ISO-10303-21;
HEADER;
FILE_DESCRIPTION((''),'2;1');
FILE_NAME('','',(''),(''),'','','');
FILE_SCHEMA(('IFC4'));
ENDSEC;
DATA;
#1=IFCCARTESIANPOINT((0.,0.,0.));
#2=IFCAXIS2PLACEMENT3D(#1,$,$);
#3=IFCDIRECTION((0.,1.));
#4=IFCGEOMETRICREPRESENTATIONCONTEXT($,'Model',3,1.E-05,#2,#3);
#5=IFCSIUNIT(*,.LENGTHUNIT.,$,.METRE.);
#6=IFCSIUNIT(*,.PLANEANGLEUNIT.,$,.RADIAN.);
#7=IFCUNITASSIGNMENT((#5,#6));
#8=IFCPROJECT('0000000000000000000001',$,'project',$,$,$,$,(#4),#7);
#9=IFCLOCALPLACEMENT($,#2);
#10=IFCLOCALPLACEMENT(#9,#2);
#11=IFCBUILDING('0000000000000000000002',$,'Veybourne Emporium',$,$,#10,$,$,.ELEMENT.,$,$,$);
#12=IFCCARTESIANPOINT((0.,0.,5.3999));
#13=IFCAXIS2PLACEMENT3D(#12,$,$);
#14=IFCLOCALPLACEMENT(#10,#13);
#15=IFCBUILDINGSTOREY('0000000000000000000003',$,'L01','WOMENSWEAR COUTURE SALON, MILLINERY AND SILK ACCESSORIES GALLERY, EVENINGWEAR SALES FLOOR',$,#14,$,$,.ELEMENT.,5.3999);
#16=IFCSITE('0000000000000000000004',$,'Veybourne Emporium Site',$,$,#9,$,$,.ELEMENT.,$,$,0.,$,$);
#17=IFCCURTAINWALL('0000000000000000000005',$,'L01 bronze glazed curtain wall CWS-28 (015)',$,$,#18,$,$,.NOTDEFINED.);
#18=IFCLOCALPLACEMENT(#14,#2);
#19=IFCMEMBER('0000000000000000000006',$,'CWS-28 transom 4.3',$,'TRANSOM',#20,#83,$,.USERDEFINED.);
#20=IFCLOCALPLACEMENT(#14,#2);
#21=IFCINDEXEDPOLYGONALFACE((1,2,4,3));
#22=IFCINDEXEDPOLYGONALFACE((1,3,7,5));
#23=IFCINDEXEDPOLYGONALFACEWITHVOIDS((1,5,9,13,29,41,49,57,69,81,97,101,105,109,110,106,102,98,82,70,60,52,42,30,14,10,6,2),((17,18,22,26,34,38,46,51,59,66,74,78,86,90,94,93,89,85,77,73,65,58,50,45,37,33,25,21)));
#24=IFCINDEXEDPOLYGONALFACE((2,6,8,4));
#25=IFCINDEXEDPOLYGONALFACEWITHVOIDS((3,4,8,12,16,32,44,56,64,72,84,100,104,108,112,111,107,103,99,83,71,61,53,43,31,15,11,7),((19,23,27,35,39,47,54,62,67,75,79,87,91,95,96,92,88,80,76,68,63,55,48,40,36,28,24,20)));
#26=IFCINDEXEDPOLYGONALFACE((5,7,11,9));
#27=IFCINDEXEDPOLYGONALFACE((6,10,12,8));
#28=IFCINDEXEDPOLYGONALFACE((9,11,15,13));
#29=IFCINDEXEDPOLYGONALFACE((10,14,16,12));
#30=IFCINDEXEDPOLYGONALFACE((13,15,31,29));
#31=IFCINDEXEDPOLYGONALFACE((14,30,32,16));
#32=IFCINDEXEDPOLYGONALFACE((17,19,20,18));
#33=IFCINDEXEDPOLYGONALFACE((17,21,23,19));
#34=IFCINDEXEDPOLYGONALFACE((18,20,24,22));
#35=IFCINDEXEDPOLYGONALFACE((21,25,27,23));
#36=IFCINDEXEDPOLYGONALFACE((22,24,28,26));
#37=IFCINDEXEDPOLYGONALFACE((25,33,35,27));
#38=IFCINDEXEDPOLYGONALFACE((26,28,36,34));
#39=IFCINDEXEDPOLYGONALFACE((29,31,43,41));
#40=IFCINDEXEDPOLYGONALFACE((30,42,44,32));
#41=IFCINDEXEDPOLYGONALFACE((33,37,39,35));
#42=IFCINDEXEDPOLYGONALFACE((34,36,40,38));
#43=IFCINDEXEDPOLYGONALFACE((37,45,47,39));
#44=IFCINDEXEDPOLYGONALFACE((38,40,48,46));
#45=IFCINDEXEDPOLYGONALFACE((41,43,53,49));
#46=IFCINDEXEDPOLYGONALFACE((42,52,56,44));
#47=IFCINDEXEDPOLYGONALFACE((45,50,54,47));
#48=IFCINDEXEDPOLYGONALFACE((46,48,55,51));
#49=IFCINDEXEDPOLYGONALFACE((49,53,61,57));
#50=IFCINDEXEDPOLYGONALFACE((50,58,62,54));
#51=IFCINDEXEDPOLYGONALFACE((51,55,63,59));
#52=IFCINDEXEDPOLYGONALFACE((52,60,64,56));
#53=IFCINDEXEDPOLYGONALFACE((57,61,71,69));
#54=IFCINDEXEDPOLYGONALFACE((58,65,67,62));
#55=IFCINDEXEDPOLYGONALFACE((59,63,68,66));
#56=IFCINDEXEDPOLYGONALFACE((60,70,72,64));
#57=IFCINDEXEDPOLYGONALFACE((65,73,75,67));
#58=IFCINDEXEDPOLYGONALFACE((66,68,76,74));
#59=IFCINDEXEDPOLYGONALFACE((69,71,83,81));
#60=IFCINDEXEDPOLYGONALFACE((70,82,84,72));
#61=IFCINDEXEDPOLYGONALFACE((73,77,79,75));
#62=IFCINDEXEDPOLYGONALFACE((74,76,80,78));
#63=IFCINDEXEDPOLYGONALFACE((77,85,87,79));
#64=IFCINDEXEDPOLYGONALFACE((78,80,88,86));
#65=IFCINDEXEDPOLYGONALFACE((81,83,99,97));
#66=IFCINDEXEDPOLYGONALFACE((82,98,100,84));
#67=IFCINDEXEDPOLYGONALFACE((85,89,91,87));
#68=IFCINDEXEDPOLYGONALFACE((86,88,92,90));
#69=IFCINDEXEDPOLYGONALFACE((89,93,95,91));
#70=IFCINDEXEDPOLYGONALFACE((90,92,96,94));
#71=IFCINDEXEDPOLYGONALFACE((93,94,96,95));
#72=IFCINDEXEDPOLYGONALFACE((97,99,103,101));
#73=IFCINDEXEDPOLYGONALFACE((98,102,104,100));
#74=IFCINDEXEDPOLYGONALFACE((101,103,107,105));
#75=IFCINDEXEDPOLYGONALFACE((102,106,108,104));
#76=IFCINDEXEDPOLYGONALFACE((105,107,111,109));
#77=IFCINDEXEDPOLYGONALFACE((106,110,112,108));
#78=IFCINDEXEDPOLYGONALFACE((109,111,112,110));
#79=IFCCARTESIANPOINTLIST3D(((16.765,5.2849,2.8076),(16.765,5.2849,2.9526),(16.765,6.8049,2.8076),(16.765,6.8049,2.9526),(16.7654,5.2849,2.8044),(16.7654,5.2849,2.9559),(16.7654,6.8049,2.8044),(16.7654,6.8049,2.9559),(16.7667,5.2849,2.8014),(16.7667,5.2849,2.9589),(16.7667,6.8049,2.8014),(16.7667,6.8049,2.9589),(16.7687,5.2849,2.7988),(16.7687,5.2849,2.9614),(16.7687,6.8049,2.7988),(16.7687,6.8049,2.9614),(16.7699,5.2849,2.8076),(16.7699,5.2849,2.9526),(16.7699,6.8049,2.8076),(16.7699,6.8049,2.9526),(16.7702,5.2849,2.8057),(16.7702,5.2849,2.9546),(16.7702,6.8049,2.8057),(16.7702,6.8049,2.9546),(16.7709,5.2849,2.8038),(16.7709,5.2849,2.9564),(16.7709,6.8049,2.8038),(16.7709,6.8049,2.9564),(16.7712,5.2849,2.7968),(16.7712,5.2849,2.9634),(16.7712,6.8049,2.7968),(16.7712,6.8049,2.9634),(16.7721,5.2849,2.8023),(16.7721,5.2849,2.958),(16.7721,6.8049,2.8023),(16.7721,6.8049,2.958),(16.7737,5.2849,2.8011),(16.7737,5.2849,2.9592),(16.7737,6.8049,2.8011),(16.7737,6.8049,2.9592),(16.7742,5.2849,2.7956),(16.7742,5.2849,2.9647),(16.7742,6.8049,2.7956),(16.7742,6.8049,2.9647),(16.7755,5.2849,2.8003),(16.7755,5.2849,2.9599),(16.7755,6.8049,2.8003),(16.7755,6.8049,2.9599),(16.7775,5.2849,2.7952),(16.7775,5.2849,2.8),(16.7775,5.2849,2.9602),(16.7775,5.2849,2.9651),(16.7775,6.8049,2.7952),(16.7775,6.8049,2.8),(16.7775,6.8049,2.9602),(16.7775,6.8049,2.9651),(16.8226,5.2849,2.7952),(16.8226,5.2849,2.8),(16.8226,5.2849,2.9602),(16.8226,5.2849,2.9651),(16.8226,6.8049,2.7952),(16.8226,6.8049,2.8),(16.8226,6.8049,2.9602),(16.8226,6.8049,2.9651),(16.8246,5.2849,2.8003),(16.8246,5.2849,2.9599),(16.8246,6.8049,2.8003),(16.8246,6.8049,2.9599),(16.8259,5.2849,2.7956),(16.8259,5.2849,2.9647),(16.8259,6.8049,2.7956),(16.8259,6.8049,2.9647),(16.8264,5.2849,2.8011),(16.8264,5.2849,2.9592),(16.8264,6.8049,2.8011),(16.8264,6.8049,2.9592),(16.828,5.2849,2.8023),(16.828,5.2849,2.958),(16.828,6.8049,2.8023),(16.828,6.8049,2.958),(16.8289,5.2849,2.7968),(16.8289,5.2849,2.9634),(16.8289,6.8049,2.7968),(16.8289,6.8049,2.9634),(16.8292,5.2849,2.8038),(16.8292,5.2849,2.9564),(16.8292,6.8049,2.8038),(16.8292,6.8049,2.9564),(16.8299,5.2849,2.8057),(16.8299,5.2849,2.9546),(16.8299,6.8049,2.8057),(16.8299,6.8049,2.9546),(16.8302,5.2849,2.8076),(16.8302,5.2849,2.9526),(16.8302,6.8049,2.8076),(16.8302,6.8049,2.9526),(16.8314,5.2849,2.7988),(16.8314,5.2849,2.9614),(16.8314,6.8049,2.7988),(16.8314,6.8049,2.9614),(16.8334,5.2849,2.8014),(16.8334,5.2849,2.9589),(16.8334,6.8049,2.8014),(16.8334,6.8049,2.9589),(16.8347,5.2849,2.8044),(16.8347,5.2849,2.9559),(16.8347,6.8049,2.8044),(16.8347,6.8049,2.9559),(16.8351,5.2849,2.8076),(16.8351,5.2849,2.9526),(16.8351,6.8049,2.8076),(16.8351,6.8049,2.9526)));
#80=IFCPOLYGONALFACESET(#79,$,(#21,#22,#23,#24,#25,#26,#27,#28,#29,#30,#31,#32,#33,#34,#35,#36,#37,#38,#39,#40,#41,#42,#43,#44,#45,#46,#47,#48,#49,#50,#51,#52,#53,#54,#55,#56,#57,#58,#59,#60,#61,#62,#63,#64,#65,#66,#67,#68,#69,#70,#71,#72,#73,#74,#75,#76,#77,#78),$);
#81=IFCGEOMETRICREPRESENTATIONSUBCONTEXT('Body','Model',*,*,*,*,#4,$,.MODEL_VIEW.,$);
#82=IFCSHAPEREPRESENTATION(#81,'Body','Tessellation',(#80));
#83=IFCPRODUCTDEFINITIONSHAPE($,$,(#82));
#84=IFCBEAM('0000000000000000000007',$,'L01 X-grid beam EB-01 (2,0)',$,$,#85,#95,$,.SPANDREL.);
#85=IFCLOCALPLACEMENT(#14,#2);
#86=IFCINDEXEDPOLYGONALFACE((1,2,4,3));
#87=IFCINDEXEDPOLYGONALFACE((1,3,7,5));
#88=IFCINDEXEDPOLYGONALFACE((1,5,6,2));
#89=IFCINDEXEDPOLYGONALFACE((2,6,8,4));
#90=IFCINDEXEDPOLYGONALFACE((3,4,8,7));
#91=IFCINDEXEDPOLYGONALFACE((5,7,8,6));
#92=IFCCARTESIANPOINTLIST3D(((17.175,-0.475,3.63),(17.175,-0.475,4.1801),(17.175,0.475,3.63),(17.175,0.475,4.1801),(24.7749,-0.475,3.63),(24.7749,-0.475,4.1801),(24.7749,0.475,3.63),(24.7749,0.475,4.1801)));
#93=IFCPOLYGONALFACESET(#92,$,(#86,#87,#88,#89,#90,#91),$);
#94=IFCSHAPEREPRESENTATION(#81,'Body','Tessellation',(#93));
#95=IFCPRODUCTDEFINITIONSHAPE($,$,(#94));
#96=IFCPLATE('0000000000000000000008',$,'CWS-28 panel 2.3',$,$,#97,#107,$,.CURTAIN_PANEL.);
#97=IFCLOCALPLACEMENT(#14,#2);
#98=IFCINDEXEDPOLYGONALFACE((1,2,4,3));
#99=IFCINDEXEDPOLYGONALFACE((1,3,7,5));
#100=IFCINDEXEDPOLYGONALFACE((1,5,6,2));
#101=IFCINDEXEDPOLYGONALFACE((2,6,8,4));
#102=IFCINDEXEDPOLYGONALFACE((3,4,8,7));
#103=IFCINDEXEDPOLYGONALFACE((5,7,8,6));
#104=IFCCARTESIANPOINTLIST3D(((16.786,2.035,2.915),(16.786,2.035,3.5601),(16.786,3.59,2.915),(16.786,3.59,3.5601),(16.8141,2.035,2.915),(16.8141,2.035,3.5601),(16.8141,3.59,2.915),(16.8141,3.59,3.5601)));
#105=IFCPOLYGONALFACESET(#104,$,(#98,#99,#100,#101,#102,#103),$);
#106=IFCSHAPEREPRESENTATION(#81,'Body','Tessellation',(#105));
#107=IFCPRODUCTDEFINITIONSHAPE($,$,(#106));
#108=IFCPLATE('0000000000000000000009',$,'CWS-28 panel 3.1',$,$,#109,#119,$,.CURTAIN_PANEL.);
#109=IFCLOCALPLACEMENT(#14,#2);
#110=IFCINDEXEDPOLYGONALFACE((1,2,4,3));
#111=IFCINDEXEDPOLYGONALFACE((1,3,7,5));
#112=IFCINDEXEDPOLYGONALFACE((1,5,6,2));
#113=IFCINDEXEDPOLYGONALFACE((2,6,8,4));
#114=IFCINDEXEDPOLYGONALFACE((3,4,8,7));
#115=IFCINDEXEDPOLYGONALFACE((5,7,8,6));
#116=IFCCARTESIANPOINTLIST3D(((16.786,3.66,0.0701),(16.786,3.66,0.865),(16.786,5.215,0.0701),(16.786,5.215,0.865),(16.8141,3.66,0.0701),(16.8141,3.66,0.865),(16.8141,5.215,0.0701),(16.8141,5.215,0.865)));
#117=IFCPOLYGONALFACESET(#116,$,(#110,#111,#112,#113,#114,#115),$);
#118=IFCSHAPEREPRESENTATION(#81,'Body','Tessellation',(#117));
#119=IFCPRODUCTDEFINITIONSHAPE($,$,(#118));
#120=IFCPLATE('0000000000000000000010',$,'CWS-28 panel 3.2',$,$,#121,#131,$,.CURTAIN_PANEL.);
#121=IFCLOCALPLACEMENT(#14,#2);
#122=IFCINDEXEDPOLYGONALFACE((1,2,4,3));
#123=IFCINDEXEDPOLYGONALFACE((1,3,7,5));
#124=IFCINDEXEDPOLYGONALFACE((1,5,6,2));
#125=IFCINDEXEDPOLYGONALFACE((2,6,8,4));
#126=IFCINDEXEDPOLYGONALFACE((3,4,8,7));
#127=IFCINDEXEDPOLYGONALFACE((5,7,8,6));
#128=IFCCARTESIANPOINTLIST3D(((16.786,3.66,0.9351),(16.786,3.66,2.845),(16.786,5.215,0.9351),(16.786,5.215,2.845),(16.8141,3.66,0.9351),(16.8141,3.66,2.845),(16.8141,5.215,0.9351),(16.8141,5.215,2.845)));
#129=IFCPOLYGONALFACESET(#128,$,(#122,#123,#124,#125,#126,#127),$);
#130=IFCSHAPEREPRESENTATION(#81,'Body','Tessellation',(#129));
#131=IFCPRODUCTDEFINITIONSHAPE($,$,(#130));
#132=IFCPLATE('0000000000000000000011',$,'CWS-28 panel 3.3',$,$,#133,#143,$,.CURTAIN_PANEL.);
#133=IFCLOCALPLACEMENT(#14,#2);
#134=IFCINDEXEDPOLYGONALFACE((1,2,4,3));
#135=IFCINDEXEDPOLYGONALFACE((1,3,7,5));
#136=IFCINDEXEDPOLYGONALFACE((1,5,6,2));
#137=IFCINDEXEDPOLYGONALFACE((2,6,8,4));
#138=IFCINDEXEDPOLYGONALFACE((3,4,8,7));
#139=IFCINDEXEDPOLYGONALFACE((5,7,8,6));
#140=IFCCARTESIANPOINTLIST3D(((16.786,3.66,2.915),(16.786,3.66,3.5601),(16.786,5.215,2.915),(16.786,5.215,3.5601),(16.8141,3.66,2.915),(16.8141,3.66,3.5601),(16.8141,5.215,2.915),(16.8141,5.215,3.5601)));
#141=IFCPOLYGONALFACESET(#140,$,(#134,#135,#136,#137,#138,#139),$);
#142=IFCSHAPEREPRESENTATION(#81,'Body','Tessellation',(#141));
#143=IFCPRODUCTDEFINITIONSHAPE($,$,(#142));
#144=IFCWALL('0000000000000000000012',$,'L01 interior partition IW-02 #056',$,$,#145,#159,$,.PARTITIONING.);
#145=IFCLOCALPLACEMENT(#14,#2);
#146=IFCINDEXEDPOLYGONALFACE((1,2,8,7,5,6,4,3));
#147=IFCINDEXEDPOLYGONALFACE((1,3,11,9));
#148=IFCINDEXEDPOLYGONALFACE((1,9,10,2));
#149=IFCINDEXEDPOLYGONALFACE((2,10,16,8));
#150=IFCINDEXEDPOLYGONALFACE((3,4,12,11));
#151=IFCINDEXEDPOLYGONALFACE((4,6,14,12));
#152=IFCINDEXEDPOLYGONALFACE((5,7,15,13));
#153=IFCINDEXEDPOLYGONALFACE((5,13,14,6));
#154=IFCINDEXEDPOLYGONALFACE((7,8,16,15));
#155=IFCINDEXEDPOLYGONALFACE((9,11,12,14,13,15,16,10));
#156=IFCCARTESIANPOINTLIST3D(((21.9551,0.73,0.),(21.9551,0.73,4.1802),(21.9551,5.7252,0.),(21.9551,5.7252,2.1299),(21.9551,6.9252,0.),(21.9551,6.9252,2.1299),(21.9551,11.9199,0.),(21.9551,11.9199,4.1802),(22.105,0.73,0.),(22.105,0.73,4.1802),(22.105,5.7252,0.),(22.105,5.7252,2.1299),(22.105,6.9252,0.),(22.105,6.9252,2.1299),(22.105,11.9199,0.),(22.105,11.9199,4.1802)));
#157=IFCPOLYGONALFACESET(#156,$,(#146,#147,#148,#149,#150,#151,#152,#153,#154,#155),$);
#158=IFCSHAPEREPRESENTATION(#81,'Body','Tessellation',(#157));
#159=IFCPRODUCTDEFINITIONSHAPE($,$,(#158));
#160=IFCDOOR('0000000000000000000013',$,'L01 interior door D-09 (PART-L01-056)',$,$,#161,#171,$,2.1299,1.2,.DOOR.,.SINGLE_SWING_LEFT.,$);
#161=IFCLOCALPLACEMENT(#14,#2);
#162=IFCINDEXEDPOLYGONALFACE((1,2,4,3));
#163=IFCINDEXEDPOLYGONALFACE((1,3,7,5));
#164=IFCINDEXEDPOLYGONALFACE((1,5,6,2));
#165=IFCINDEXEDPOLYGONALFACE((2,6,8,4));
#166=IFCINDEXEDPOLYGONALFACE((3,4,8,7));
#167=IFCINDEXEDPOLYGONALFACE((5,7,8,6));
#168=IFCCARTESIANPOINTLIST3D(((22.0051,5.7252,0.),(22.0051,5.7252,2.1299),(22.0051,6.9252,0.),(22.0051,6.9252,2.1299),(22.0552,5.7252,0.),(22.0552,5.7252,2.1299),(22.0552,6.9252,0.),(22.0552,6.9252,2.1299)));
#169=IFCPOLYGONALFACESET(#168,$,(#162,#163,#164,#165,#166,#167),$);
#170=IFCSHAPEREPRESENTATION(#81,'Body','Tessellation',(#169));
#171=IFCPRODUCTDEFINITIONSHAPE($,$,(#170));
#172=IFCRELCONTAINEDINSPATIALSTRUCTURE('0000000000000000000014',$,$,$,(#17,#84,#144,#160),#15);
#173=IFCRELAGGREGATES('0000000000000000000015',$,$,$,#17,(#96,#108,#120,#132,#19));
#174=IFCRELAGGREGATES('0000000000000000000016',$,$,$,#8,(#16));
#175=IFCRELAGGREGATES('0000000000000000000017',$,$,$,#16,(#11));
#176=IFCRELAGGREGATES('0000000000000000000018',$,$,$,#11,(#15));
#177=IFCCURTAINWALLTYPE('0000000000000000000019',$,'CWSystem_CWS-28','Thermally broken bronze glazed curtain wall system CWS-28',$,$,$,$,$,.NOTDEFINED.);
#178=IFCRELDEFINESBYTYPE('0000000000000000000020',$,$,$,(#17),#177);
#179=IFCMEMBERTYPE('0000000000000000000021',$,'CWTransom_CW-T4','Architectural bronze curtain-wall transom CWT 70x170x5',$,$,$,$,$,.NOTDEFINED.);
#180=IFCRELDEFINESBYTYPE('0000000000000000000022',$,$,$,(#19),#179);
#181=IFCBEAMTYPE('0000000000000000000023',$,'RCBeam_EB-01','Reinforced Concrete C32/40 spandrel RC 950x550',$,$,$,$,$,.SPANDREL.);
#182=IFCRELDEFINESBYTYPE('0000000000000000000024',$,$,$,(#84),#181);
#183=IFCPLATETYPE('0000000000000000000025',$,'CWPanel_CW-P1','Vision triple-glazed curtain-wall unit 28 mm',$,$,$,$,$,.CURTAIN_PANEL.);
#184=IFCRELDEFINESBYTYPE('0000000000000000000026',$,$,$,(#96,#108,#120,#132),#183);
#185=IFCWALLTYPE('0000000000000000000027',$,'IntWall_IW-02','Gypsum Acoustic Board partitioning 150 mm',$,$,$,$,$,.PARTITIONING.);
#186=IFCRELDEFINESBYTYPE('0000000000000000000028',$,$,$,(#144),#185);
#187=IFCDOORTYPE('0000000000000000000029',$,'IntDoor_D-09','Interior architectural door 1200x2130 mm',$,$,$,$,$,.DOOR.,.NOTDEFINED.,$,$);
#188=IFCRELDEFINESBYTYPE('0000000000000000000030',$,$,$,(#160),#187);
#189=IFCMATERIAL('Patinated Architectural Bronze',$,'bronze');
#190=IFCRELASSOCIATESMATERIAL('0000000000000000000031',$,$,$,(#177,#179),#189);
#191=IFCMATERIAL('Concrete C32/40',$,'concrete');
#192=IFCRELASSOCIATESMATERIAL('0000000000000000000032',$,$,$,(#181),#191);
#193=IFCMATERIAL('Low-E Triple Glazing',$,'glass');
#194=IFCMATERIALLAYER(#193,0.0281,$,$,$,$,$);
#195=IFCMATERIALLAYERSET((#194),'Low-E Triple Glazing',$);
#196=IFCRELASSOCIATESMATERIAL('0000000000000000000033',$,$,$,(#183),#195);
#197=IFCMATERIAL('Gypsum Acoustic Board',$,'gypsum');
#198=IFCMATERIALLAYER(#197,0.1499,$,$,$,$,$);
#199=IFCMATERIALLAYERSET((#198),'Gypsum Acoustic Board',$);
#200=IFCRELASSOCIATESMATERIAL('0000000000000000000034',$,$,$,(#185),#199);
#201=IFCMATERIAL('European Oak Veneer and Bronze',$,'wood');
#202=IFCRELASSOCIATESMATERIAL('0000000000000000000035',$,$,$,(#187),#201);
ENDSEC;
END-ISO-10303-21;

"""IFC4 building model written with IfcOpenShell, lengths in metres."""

from ifc_helpers import new_model, si_unit, direction, frame, frame_2d, origin, origin_2d, place, context, subcontext, project, spatial, rectangle, hollow_rectangle, extrude, material, layer, layer_set, material_profile, profile_set, type_object, element, fill, aggregate, save


model = new_model("IFC4")

# Units and contexts
model_context = context("Model", 3, precision=1e-05, world=origin(), true_north=direction((0.0, 1.0)))
body_context = subcontext(model_context, "Body", "Model", "MODEL_VIEW")
ifc_project = project(units=[si_unit("LENGTHUNIT", "METRE"), si_unit("PLANEANGLEUNIT", "RADIAN")], contexts=[model_context])

# Site, building, storey
site_placement = place(None, origin())
site = spatial("IfcSite", under=ifc_project, at=site_placement, Name="Veybourne Emporium Site", CompositionType="ELEMENT", RefElevation=0.0)
building_placement = place(site_placement, origin())
building = spatial("IfcBuilding", under=site, at=building_placement, Name="Veybourne Emporium", CompositionType="ELEMENT")
storey_placement = place(building_placement, frame((0.0, 0.0, 5.3999)))
storey = spatial("IfcBuildingStorey", under=building, at=storey_placement, Name="L01", Description="WOMENSWEAR COUTURE SALON, MILLINERY AND SILK ACCESSORIES GALLERY, EVENINGWEAR SALES FLOOR", CompositionType="ELEMENT", Elevation=5.3999)

# Curtain wall, member
ifc_material_1 = material(Name="Patinated Architectural Bronze", Category="bronze")
curtain_wall_type = type_object("IfcCurtainWallType", Name="CWSystem_CWS-28", Description="Thermally broken bronze glazed curtain wall system CWS-28", PredefinedType="NOTDEFINED", material=ifc_material_1)
curtain_wall_placement = place(storey_placement, origin())
curtain_wall = element("IfcCurtainWall", 1, at=curtain_wall_placement, inside=storey, type_object=curtain_wall_type, Name="L01 bronze glazed curtain wall CWS-28 (015)", PredefinedType="NOTDEFINED")
ifc_material_profile_1 = material_profile(ifc_material_1, hollow_rectangle(XDim=0.0701, YDim=0.1699, WallThickness=0.0049, InnerFilletRadius=0.0076, OuterFilletRadius=0.0125, at=origin_2d()), Name="CWT 70x170x5")
ifc_profile_set_1 = profile_set([ifc_material_profile_1], Name="Patinated Architectural Bronze")
member_type_1 = type_object("IfcMemberType", Name="CWTransom_CW-T4", Description="Architectural bronze curtain-wall transom CWT 70x170x5", PredefinedType="NOTDEFINED", material=ifc_profile_set_1)
member_1_placement = place(storey_placement, frame((16.8, 5.2849, 2.8801), z_axis=(0.0, 1.0, 0.0), x_axis=(-1.0, 0.0, 0.0)))
member_1 = element("IfcMember", 2, at=member_1_placement, type_object=member_type_1, Name="CWS-28 transom 4.3", ObjectType="TRANSOM", PredefinedType="USERDEFINED", context=body_context, shape_type="SweptSolid", body=[
    extrude(hollow_rectangle(XDim=0.0701, YDim=0.1699, WallThickness=0.0049, InnerFilletRadius=0.0076, OuterFilletRadius=0.0125, at=origin_2d()), origin(), (0.0, 0.0, 1.0), 1.52),
])

# Beam
ifc_material_2 = material(Name="Concrete C32/40", Category="concrete")
ifc_material_profile_2 = material_profile(ifc_material_2, rectangle(XDim=0.95, YDim=0.55, at=origin_2d()), Name="RC 950x550")
ifc_profile_set_2 = profile_set([ifc_material_profile_2], Name="Concrete C32/40")
beam_type = type_object("IfcBeamType", Name="RCBeam_EB-01", Description="Reinforced Concrete C32/40 spandrel RC 950x550", PredefinedType="SPANDREL", material=ifc_profile_set_2)
beam_placement = place(storey_placement, frame((17.175, 0.0, 3.905), z_axis=(1.0, 0.0, 0.0), x_axis=(0.0, 1.0, 0.0)))
element("IfcBeam", 3, at=beam_placement, inside=storey, type_object=beam_type, Name="L01 X-grid beam EB-01 (2,0)", PredefinedType="SPANDREL", context=body_context, shape_type="SweptSolid", body=[
    extrude(rectangle(XDim=0.95, YDim=0.55, at=origin_2d()), origin(), (0.0, 0.0, 1.0), 7.5999),
])

# Plates
ifc_material_3 = material(Name="Low-E Triple Glazing", Category="glass")
ifc_layer_1 = layer(ifc_material_3, 0.0281)
ifc_layer_set_1 = layer_set([ifc_layer_1], Name="Low-E Triple Glazing")
plate_type = type_object("IfcPlateType", Name="CWPanel_CW-P1", Description="Vision triple-glazed curtain-wall unit 28 mm", PredefinedType="CURTAIN_PANEL", material=ifc_layer_set_1)
plate_1_placement = place(storey_placement, frame((16.8, 2.8125, 2.915), z_axis=(0.0, 0.0, 1.0), x_axis=(0.0, 1.0, 0.0)))
plate_1 = element("IfcPlate", 4, at=plate_1_placement, type_object=plate_type, Name="CWS-28 panel 2.3", PredefinedType="CURTAIN_PANEL", context=body_context, shape_type="SweptSolid", body=[
    extrude(rectangle(XDim=1.5549, YDim=0.0281, at=origin_2d()), origin(), (0.0, 0.0, 1.0), 0.645),
])
plate_2_placement = place(storey_placement, frame((16.8, 4.4375, 0.0701), z_axis=(0.0, 0.0, 1.0), x_axis=(0.0, 1.0, 0.0)))
plate_2 = element("IfcPlate", 5, at=plate_2_placement, type_object=plate_type, Name="CWS-28 panel 3.1", PredefinedType="CURTAIN_PANEL", context=body_context, shape_type="SweptSolid", body=[
    extrude(rectangle(XDim=1.5549, YDim=0.0281, at=origin_2d()), origin(), (0.0, 0.0, 1.0), 0.7949),
])
plate_3_placement = place(storey_placement, frame((16.8, 4.4375, 0.9351), z_axis=(0.0, 0.0, 1.0), x_axis=(0.0, 1.0, 0.0)))
plate_3 = element("IfcPlate", 6, at=plate_3_placement, type_object=plate_type, Name="CWS-28 panel 3.2", PredefinedType="CURTAIN_PANEL", context=body_context, shape_type="SweptSolid", body=[
    extrude(rectangle(XDim=1.5549, YDim=0.0281, at=origin_2d()), origin(), (0.0, 0.0, 1.0), 1.9099),
])
plate_4_placement = place(storey_placement, frame((16.8, 4.4375, 2.915), z_axis=(0.0, 0.0, 1.0), x_axis=(0.0, 1.0, 0.0)))
plate_4 = element("IfcPlate", 7, at=plate_4_placement, type_object=plate_type, Name="CWS-28 panel 3.3", PredefinedType="CURTAIN_PANEL", context=body_context, shape_type="SweptSolid", body=[
    extrude(rectangle(XDim=1.5549, YDim=0.0281, at=origin_2d()), origin(), (0.0, 0.0, 1.0), 0.645),
])
aggregate(curtain_wall, [plate_1, plate_2, plate_3, plate_4, member_1])

# Wall, opening, door
ifc_material_4 = material(Name="Gypsum Acoustic Board", Category="gypsum")
ifc_layer_2 = layer(ifc_material_4, 0.1499)
ifc_layer_set_2 = layer_set([ifc_layer_2], Name="Gypsum Acoustic Board")
wall_type_1 = type_object("IfcWallType", Name="IntWall_IW-02", Description="Gypsum Acoustic Board partitioning 150 mm", PredefinedType="PARTITIONING", material=ifc_layer_set_2)
wall_1_placement = place(storey_placement, frame((22.03, 0.73, 0.0), z_axis=(0.0, 0.0, 1.0), x_axis=(0.0, 1.0, 0.0)))
wall_1 = element("IfcWall", 8, at=wall_1_placement, inside=storey, type_object=wall_type_1, Name="L01 interior partition IW-02 #056", PredefinedType="PARTITIONING", context=body_context, shape_type="SweptSolid", body=[
    extrude(rectangle(XDim=11.1899, YDim=0.1499, at=frame_2d((5.595, 0.0))), origin(), (0.0, 0.0, 1.0), 4.1802),
])
opening_1_placement = place(wall_1_placement, frame((4.9951, 0.0, 0.0)))
opening_1 = element("IfcOpeningElement", 9, at=opening_1_placement, cuts=wall_1, PredefinedType="OPENING", context=body_context, shape_type="SweptSolid", body=[
    extrude(rectangle(XDim=1.2, YDim=2.1299, at=frame_2d((0.6001, 1.0649))), frame((0.0, 0.095, 0.0), z_axis=(0.0, -1.0, 0.0), x_axis=(1.0, 0.0, 0.0)), (0.0, 0.0, 1.0), 0.1899),
])
ifc_material_5 = material(Name="European Oak Veneer and Bronze", Category="wood")
door_type_1 = type_object("IfcDoorType", Name="IntDoor_D-09", Description="Interior architectural door 1200x2130 mm", OperationType="NOTDEFINED", PredefinedType="DOOR", material=ifc_material_5)
door_1_placement = place(opening_1_placement, origin())
door_1 = element("IfcDoor", 10, at=door_1_placement, inside=storey, type_object=door_type_1, Name="L01 interior door D-09 (PART-L01-056)", OperationType="SINGLE_SWING_LEFT", OverallHeight=2.1299, OverallWidth=1.2, PredefinedType="DOOR", context=body_context, shape_type="SweptSolid", body=[
    extrude(rectangle(XDim=1.2, YDim=2.1299, at=frame_2d((0.6001, 1.0649))), frame((0.0, 0.0249, 0.0), z_axis=(0.0, -1.0, 0.0), x_axis=(1.0, 0.0, 0.0)), (0.0, 0.0, 1.0), 0.05),
])
fill(opening_1, door_1)

save(model, "model.ifc")
